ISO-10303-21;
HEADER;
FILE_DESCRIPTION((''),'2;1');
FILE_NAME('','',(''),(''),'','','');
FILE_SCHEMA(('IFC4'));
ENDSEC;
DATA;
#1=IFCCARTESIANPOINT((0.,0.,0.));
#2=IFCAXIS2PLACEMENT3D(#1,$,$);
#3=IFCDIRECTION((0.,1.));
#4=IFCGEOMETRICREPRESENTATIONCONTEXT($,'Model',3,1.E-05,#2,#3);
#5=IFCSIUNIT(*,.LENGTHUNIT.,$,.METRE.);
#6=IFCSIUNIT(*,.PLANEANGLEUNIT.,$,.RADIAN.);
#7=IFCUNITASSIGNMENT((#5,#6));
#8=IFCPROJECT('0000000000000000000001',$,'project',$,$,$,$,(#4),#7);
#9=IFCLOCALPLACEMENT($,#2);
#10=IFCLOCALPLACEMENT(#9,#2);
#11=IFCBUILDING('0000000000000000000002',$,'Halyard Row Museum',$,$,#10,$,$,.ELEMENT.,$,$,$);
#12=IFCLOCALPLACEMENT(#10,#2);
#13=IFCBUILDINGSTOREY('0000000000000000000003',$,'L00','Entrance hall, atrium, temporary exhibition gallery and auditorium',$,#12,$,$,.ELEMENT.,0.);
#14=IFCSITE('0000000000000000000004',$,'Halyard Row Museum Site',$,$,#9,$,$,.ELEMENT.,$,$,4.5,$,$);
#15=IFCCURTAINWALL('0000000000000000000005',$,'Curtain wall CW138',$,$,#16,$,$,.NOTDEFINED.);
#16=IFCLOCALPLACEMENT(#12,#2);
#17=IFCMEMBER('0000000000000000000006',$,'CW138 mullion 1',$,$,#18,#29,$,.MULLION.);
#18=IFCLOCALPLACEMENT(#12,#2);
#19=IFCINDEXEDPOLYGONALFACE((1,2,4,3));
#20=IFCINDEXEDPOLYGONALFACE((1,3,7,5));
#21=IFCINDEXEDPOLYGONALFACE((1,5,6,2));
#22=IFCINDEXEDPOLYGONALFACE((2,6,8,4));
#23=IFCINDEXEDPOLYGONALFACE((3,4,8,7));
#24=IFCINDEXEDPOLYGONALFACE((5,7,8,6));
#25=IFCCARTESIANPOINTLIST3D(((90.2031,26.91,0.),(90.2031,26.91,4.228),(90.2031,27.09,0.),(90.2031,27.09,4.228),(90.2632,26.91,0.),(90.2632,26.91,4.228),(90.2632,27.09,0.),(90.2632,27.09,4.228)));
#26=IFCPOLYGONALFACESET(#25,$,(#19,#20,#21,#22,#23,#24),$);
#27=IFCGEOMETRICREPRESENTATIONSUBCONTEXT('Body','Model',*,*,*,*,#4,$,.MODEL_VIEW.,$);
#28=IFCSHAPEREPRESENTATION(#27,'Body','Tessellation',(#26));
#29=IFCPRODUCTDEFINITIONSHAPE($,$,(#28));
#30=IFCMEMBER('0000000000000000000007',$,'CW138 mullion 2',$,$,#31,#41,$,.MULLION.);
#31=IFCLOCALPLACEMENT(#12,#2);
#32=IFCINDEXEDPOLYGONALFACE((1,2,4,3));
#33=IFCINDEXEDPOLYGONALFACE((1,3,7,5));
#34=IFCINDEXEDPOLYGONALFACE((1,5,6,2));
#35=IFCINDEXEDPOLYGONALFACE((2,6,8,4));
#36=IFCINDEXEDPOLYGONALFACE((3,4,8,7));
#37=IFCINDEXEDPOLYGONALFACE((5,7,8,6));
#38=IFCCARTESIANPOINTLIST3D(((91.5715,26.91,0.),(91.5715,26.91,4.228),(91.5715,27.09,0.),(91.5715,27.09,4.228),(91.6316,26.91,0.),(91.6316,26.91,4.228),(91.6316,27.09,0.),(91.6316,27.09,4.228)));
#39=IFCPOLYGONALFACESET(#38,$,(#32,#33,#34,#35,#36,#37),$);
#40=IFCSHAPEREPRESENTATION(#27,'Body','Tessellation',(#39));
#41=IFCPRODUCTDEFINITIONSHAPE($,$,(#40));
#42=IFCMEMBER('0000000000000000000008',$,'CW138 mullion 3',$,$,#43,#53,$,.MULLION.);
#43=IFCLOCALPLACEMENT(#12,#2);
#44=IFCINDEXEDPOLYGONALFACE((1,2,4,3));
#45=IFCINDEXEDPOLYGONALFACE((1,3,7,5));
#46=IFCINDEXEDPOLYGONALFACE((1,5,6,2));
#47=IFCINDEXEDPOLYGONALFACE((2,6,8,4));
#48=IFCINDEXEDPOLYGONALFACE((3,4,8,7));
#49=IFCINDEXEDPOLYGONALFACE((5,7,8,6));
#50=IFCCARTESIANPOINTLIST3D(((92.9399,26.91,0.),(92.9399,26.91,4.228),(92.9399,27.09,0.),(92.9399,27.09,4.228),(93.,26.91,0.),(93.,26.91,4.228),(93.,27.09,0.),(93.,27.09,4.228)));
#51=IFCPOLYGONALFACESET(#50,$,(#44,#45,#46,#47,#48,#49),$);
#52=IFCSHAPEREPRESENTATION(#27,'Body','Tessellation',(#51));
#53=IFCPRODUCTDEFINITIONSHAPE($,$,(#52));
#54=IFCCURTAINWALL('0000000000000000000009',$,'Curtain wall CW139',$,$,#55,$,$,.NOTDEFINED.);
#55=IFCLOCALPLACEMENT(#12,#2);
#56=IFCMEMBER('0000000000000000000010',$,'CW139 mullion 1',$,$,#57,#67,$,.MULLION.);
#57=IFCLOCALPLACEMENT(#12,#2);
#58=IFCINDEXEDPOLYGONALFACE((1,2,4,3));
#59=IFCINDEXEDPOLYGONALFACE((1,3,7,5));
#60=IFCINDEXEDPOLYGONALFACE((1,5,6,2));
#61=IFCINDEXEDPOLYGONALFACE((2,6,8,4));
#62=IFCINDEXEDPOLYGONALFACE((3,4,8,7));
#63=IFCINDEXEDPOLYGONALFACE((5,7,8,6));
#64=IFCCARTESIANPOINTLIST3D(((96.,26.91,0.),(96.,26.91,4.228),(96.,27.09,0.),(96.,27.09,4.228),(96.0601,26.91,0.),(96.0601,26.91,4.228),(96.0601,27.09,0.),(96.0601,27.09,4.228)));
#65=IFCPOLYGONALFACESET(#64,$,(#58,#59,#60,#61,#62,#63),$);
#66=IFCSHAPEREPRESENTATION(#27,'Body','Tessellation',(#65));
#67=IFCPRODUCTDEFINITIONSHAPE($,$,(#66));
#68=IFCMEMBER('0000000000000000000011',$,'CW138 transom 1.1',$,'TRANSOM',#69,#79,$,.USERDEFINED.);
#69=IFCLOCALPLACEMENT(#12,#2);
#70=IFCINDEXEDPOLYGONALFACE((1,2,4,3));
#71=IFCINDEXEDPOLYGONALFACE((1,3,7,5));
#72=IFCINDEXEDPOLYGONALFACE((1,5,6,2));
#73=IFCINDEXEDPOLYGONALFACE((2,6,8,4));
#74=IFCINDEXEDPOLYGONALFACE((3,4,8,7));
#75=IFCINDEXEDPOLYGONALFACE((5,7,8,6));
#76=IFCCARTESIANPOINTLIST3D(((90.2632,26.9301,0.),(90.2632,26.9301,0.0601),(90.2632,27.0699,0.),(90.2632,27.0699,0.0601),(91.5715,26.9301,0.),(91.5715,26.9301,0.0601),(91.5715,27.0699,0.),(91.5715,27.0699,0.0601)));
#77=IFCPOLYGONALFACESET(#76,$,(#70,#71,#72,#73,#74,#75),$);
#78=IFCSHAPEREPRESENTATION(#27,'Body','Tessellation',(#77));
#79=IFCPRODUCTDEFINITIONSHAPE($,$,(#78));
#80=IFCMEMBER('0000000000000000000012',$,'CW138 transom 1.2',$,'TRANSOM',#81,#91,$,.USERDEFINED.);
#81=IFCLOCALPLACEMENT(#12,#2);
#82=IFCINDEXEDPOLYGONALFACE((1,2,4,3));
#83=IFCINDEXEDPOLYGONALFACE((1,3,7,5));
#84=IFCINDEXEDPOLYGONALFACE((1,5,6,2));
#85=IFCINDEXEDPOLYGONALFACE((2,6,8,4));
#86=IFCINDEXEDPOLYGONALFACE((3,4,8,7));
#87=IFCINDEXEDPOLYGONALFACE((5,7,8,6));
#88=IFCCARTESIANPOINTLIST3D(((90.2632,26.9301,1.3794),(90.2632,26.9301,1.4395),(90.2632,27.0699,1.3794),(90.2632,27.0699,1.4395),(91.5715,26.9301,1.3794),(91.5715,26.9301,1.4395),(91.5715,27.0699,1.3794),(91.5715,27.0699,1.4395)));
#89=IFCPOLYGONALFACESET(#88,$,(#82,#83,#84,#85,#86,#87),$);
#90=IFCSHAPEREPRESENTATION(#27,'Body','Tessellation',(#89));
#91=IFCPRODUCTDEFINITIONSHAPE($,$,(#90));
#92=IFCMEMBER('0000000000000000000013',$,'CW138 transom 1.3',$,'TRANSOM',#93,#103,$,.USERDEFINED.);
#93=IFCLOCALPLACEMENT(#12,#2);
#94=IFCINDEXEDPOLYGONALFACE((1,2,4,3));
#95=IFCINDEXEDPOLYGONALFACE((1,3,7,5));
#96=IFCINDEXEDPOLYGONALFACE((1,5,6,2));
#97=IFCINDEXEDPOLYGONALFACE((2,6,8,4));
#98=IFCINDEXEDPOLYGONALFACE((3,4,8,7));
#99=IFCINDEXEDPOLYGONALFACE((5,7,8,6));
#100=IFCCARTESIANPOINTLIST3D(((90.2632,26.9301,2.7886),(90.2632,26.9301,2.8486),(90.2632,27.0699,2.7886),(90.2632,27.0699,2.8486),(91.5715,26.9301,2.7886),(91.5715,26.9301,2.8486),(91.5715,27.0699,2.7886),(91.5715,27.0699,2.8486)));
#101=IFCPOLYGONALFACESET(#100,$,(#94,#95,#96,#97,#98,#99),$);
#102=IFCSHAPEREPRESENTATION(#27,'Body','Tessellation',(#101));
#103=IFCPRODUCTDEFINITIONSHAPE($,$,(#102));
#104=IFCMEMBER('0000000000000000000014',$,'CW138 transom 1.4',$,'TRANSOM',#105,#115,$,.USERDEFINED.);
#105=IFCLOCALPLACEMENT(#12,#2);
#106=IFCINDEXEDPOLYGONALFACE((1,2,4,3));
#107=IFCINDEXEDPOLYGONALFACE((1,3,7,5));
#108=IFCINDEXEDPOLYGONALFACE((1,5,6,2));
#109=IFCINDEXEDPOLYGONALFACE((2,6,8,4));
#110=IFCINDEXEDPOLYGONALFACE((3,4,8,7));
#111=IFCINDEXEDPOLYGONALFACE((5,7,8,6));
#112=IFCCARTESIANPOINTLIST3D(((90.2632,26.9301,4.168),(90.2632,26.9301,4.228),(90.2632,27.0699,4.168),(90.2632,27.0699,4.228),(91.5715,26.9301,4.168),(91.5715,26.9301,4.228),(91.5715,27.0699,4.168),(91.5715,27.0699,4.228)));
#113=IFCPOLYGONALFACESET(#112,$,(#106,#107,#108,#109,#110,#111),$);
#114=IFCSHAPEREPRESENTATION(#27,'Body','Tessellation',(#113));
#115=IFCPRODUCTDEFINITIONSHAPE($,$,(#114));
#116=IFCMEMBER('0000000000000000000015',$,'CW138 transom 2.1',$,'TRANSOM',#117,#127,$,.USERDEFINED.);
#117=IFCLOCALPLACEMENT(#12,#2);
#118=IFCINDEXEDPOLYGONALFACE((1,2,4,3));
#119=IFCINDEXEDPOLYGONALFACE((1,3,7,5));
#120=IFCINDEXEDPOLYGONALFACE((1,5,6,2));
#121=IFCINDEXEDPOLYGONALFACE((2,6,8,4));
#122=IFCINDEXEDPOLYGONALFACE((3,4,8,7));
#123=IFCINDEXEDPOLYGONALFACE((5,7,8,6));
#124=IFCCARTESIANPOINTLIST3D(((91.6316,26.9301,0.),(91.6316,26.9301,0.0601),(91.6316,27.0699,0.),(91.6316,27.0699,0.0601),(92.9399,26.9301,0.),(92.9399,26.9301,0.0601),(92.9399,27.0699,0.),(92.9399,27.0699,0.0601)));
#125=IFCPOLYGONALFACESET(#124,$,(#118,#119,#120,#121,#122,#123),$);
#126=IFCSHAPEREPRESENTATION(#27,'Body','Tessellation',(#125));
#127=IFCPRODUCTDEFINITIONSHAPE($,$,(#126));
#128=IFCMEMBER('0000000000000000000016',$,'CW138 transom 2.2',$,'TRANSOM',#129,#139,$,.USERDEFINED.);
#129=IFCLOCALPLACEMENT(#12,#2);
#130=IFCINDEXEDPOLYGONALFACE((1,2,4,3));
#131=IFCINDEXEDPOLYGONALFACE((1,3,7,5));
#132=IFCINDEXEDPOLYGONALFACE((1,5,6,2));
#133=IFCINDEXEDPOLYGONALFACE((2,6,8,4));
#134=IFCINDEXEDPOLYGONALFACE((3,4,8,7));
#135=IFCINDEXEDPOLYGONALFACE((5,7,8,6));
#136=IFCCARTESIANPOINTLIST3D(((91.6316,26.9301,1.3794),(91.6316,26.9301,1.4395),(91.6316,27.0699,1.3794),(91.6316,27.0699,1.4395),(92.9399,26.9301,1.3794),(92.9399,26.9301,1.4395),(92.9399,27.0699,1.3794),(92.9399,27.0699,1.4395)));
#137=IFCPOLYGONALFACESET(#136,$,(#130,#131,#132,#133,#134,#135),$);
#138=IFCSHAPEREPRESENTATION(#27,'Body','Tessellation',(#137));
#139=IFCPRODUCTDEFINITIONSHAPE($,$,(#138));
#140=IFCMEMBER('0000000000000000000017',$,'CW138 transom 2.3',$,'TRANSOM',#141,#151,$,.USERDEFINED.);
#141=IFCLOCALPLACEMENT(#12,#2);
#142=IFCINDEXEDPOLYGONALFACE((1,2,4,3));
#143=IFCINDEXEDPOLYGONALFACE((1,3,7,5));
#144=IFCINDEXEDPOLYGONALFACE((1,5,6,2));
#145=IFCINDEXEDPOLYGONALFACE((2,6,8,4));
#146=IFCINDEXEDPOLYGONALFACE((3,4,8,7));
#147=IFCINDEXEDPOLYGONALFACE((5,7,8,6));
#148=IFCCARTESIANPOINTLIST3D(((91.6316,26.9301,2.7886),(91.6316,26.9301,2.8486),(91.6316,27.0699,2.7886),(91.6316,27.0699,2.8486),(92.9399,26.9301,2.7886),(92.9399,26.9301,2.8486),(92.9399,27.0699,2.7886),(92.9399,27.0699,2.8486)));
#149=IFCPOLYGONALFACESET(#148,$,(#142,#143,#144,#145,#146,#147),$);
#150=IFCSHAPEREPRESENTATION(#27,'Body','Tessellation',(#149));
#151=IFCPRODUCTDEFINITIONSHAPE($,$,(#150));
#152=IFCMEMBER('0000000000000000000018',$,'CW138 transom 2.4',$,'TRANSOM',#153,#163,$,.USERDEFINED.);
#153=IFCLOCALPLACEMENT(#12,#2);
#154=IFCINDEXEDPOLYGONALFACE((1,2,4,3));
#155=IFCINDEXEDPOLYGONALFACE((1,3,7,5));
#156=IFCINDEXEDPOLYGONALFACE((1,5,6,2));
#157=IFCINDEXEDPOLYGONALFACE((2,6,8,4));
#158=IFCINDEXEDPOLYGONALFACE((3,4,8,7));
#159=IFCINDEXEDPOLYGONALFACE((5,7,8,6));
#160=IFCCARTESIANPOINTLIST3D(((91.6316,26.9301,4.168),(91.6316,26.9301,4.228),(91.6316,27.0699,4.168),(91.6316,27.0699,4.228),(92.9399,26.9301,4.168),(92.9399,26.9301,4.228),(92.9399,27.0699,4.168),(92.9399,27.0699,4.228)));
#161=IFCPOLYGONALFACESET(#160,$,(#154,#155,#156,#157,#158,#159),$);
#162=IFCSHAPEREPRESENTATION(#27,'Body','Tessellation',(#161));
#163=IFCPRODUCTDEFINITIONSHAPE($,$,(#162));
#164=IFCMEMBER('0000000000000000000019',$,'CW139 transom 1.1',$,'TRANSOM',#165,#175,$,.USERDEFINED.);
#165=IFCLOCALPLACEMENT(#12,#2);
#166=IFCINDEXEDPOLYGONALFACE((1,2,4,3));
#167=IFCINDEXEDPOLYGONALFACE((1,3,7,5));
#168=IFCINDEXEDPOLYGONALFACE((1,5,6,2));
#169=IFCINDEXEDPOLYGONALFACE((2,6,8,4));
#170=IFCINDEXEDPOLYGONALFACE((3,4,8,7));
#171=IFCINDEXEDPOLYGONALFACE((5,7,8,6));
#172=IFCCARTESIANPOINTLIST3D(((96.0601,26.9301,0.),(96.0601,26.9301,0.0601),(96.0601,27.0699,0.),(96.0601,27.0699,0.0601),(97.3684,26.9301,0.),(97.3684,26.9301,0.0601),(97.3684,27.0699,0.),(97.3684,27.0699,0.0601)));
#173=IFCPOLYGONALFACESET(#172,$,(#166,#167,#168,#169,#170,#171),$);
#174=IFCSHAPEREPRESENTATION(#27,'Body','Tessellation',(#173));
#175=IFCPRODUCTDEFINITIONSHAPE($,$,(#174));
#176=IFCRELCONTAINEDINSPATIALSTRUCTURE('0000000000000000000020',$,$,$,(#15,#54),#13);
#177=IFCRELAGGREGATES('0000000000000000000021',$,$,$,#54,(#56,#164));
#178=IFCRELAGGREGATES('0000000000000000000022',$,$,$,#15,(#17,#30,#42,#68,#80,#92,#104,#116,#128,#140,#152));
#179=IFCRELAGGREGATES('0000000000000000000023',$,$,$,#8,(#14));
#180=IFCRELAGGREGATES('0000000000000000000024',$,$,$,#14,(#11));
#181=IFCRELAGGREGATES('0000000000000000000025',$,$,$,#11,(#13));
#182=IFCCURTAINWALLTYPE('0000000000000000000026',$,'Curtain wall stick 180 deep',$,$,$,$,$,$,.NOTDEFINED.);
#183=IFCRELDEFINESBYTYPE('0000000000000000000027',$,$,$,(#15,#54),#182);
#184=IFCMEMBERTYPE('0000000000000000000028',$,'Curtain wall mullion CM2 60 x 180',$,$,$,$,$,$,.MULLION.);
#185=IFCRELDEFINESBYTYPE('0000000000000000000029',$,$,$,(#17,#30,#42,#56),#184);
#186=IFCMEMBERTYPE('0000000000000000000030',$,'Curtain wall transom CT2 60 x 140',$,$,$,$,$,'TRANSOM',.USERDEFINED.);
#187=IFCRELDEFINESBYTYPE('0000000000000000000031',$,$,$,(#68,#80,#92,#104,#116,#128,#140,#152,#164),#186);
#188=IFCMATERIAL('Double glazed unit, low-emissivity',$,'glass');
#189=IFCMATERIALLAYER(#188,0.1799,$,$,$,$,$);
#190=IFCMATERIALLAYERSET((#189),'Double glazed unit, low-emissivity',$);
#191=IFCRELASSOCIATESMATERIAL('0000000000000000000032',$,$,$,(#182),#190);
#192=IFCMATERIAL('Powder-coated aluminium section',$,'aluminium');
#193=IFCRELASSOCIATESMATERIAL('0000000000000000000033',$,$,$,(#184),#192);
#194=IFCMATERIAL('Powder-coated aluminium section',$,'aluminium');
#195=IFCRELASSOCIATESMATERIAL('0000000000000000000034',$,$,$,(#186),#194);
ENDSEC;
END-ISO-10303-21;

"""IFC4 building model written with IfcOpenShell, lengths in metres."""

from ifc_helpers import new_model, si_unit, direction, frame, origin, origin_2d, place, context, subcontext, project, spatial, rectangle, extrude, material, layer, layer_set, material_profile, profile_set, type_object, element, aggregate, save


model = new_model("IFC4")

# Units and contexts
model_context = context("Model", 3, precision=1e-05, world=origin(), true_north=direction((0.0, 1.0)))
body_context = subcontext(model_context, "Body", "Model", "MODEL_VIEW")
ifc_project = project(units=[si_unit("LENGTHUNIT", "METRE"), si_unit("PLANEANGLEUNIT", "RADIAN")], contexts=[model_context])

# Site, building, storey
site_placement = place(None, origin())
site = spatial("IfcSite", under=ifc_project, at=site_placement, Name="Halyard Row Museum Site", CompositionType="ELEMENT", RefElevation=4.5)
building_placement = place(site_placement, origin())
building = spatial("IfcBuilding", under=site, at=building_placement, Name="Halyard Row Museum", CompositionType="ELEMENT")
storey_placement = place(building_placement, origin())
storey = spatial("IfcBuildingStorey", under=building, at=storey_placement, Name="L00", Description="Entrance hall, atrium, temporary exhibition gallery and auditorium", CompositionType="ELEMENT", Elevation=0.0)

# Curtain wall, members
ifc_material_1 = material(Name="Double glazed unit, low-emissivity", Category="glass")
ifc_layer_1 = layer(ifc_material_1, 0.1799)
ifc_layer_set_1 = layer_set([ifc_layer_1], Name="Double glazed unit, low-emissivity")
curtain_wall_type = type_object("IfcCurtainWallType", Name="Curtain wall stick 180 deep", PredefinedType="NOTDEFINED", material=ifc_layer_set_1)
curtain_wall_1_placement = place(storey_placement, origin())
curtain_wall_1 = element("IfcCurtainWall", 1, at=curtain_wall_1_placement, inside=storey, type_object=curtain_wall_type, Name="Curtain wall CW138", PredefinedType="NOTDEFINED")
ifc_material_2 = material(Name="Powder-coated aluminium section", Category="aluminium")
ifc_material_profile_1 = material_profile(ifc_material_2, rectangle(XDim=0.1799, YDim=0.0601, at=origin_2d()), Name="180x60 mullion")
ifc_profile_set_1 = profile_set([ifc_material_profile_1], Name="Powder-coated aluminium section")
member_type_1 = type_object("IfcMemberType", Name="Curtain wall mullion CM2 60 x 180", PredefinedType="MULLION", material=ifc_profile_set_1)
member_1_placement = place(storey_placement, frame((90.2332, 27.0, 0.0), z_axis=(0.0, 0.0, 1.0), x_axis=(0.0, 1.0, 0.0)))
member_1 = element("IfcMember", 2, at=member_1_placement, type_object=member_type_1, Name="CW138 mullion 1", PredefinedType="MULLION", context=body_context, shape_type="SweptSolid", body=[
    extrude(rectangle(XDim=0.1799, YDim=0.0601, at=origin_2d()), origin(), (0.0, 0.0, 1.0), 4.228),
])
member_2_placement = place(storey_placement, frame((91.6016, 27.0, 0.0), z_axis=(0.0, 0.0, 1.0), x_axis=(0.0, 1.0, 0.0)))
member_2 = element("IfcMember", 3, at=member_2_placement, type_object=member_type_1, Name="CW138 mullion 2", PredefinedType="MULLION", context=body_context, shape_type="SweptSolid", body=[
    extrude(rectangle(XDim=0.1799, YDim=0.0601, at=origin_2d()), origin(), (0.0, 0.0, 1.0), 4.228),
])
member_3_placement = place(storey_placement, frame((92.97, 27.0, 0.0), z_axis=(0.0, 0.0, 1.0), x_axis=(0.0, 1.0, 0.0)))
member_3 = element("IfcMember", 4, at=member_3_placement, type_object=member_type_1, Name="CW138 mullion 3", PredefinedType="MULLION", context=body_context, shape_type="SweptSolid", body=[
    extrude(rectangle(XDim=0.1799, YDim=0.0601, at=origin_2d()), origin(), (0.0, 0.0, 1.0), 4.228),
])

# Curtain wall, member
curtain_wall_2_placement = place(storey_placement, origin())
curtain_wall_2 = element("IfcCurtainWall", 5, at=curtain_wall_2_placement, inside=storey, type_object=curtain_wall_type, Name="Curtain wall CW139", PredefinedType="NOTDEFINED")
member_4_placement = place(storey_placement, frame((96.03, 27.0, 0.0), z_axis=(0.0, 0.0, 1.0), x_axis=(0.0, 1.0, 0.0)))
member_4 = element("IfcMember", 6, at=member_4_placement, type_object=member_type_1, Name="CW139 mullion 1", PredefinedType="MULLION", context=body_context, shape_type="SweptSolid", body=[
    extrude(rectangle(XDim=0.1799, YDim=0.0601, at=origin_2d()), origin(), (0.0, 0.0, 1.0), 4.228),
])

# Members
ifc_material_3 = material(Name="Powder-coated aluminium section", Category="aluminium")
ifc_material_profile_2 = material_profile(ifc_material_3, rectangle(XDim=0.1399, YDim=0.0601, at=origin_2d()), Name="140x60 transom")
ifc_profile_set_2 = profile_set([ifc_material_profile_2], Name="Powder-coated aluminium section")
member_type_2 = type_object("IfcMemberType", Name="Curtain wall transom CT2 60 x 140", ElementType="TRANSOM", PredefinedType="USERDEFINED", material=ifc_profile_set_2)
member_5_placement = place(storey_placement, frame((90.2632, 27.0, 0.03), z_axis=(1.0, 0.0, 0.0), x_axis=(0.0, 1.0, 0.0)))
member_5 = element("IfcMember", 7, at=member_5_placement, type_object=member_type_2, Name="CW138 transom 1.1", ObjectType="TRANSOM", PredefinedType="USERDEFINED", context=body_context, shape_type="SweptSolid", body=[
    extrude(rectangle(XDim=0.1399, YDim=0.0601, at=origin_2d()), origin(), (0.0, 0.0, 1.0), 1.3083),
])
member_6_placement = place(storey_placement, frame((90.2632, 27.0, 1.4094), z_axis=(1.0, 0.0, 0.0), x_axis=(0.0, 1.0, 0.0)))
member_6 = element("IfcMember", 8, at=member_6_placement, type_object=member_type_2, Name="CW138 transom 1.2", ObjectType="TRANSOM", PredefinedType="USERDEFINED", context=body_context, shape_type="SweptSolid", body=[
    extrude(rectangle(XDim=0.1399, YDim=0.0601, at=origin_2d()), origin(), (0.0, 0.0, 1.0), 1.3083),
])
member_7_placement = place(storey_placement, frame((90.2632, 27.0, 2.8186), z_axis=(1.0, 0.0, 0.0), x_axis=(0.0, 1.0, 0.0)))
member_7 = element("IfcMember", 9, at=member_7_placement, type_object=member_type_2, Name="CW138 transom 1.3", ObjectType="TRANSOM", PredefinedType="USERDEFINED", context=body_context, shape_type="SweptSolid", body=[
    extrude(rectangle(XDim=0.1399, YDim=0.0601, at=origin_2d()), origin(), (0.0, 0.0, 1.0), 1.3083),
])
member_8_placement = place(storey_placement, frame((90.2632, 27.0, 4.198), z_axis=(1.0, 0.0, 0.0), x_axis=(0.0, 1.0, 0.0)))
member_8 = element("IfcMember", 10, at=member_8_placement, type_object=member_type_2, Name="CW138 transom 1.4", ObjectType="TRANSOM", PredefinedType="USERDEFINED", context=body_context, shape_type="SweptSolid", body=[
    extrude(rectangle(XDim=0.1399, YDim=0.0601, at=origin_2d()), origin(), (0.0, 0.0, 1.0), 1.3083),
])
member_9_placement = place(storey_placement, frame((91.6316, 27.0, 0.03), z_axis=(1.0, 0.0, 0.0), x_axis=(0.0, 1.0, 0.0)))
member_9 = element("IfcMember", 11, at=member_9_placement, type_object=member_type_2, Name="CW138 transom 2.1", ObjectType="TRANSOM", PredefinedType="USERDEFINED", context=body_context, shape_type="SweptSolid", body=[
    extrude(rectangle(XDim=0.1399, YDim=0.0601, at=origin_2d()), origin(), (0.0, 0.0, 1.0), 1.3083),
])
member_10_placement = place(storey_placement, frame((91.6316, 27.0, 1.4094), z_axis=(1.0, 0.0, 0.0), x_axis=(0.0, 1.0, 0.0)))
member_10 = element("IfcMember", 12, at=member_10_placement, type_object=member_type_2, Name="CW138 transom 2.2", ObjectType="TRANSOM", PredefinedType="USERDEFINED", context=body_context, shape_type="SweptSolid", body=[
    extrude(rectangle(XDim=0.1399, YDim=0.0601, at=origin_2d()), origin(), (0.0, 0.0, 1.0), 1.3083),
])
member_11_placement = place(storey_placement, frame((91.6316, 27.0, 2.8186), z_axis=(1.0, 0.0, 0.0), x_axis=(0.0, 1.0, 0.0)))
member_11 = element("IfcMember", 13, at=member_11_placement, type_object=member_type_2, Name="CW138 transom 2.3", ObjectType="TRANSOM", PredefinedType="USERDEFINED", context=body_context, shape_type="SweptSolid", body=[
    extrude(rectangle(XDim=0.1399, YDim=0.0601, at=origin_2d()), origin(), (0.0, 0.0, 1.0), 1.3083),
])
member_12_placement = place(storey_placement, frame((91.6316, 27.0, 4.198), z_axis=(1.0, 0.0, 0.0), x_axis=(0.0, 1.0, 0.0)))
member_12 = element("IfcMember", 14, at=member_12_placement, type_object=member_type_2, Name="CW138 transom 2.4", ObjectType="TRANSOM", PredefinedType="USERDEFINED", context=body_context, shape_type="SweptSolid", body=[
    extrude(rectangle(XDim=0.1399, YDim=0.0601, at=origin_2d()), origin(), (0.0, 0.0, 1.0), 1.3083),
])
member_13_placement = place(storey_placement, frame((96.0601, 27.0, 0.03), z_axis=(1.0, 0.0, 0.0), x_axis=(0.0, 1.0, 0.0)))
member_13 = element("IfcMember", 15, at=member_13_placement, type_object=member_type_2, Name="CW139 transom 1.1", ObjectType="TRANSOM", PredefinedType="USERDEFINED", context=body_context, shape_type="SweptSolid", body=[
    extrude(rectangle(XDim=0.1399, YDim=0.0601, at=origin_2d()), origin(), (0.0, 0.0, 1.0), 1.3083),
])
aggregate(curtain_wall_2, [member_4, member_13])

aggregate(curtain_wall_1, [member_1, member_2, member_3, member_5, member_6, member_7, member_8, member_9, member_10, member_11, member_12])

save(model, "model.ifc")
